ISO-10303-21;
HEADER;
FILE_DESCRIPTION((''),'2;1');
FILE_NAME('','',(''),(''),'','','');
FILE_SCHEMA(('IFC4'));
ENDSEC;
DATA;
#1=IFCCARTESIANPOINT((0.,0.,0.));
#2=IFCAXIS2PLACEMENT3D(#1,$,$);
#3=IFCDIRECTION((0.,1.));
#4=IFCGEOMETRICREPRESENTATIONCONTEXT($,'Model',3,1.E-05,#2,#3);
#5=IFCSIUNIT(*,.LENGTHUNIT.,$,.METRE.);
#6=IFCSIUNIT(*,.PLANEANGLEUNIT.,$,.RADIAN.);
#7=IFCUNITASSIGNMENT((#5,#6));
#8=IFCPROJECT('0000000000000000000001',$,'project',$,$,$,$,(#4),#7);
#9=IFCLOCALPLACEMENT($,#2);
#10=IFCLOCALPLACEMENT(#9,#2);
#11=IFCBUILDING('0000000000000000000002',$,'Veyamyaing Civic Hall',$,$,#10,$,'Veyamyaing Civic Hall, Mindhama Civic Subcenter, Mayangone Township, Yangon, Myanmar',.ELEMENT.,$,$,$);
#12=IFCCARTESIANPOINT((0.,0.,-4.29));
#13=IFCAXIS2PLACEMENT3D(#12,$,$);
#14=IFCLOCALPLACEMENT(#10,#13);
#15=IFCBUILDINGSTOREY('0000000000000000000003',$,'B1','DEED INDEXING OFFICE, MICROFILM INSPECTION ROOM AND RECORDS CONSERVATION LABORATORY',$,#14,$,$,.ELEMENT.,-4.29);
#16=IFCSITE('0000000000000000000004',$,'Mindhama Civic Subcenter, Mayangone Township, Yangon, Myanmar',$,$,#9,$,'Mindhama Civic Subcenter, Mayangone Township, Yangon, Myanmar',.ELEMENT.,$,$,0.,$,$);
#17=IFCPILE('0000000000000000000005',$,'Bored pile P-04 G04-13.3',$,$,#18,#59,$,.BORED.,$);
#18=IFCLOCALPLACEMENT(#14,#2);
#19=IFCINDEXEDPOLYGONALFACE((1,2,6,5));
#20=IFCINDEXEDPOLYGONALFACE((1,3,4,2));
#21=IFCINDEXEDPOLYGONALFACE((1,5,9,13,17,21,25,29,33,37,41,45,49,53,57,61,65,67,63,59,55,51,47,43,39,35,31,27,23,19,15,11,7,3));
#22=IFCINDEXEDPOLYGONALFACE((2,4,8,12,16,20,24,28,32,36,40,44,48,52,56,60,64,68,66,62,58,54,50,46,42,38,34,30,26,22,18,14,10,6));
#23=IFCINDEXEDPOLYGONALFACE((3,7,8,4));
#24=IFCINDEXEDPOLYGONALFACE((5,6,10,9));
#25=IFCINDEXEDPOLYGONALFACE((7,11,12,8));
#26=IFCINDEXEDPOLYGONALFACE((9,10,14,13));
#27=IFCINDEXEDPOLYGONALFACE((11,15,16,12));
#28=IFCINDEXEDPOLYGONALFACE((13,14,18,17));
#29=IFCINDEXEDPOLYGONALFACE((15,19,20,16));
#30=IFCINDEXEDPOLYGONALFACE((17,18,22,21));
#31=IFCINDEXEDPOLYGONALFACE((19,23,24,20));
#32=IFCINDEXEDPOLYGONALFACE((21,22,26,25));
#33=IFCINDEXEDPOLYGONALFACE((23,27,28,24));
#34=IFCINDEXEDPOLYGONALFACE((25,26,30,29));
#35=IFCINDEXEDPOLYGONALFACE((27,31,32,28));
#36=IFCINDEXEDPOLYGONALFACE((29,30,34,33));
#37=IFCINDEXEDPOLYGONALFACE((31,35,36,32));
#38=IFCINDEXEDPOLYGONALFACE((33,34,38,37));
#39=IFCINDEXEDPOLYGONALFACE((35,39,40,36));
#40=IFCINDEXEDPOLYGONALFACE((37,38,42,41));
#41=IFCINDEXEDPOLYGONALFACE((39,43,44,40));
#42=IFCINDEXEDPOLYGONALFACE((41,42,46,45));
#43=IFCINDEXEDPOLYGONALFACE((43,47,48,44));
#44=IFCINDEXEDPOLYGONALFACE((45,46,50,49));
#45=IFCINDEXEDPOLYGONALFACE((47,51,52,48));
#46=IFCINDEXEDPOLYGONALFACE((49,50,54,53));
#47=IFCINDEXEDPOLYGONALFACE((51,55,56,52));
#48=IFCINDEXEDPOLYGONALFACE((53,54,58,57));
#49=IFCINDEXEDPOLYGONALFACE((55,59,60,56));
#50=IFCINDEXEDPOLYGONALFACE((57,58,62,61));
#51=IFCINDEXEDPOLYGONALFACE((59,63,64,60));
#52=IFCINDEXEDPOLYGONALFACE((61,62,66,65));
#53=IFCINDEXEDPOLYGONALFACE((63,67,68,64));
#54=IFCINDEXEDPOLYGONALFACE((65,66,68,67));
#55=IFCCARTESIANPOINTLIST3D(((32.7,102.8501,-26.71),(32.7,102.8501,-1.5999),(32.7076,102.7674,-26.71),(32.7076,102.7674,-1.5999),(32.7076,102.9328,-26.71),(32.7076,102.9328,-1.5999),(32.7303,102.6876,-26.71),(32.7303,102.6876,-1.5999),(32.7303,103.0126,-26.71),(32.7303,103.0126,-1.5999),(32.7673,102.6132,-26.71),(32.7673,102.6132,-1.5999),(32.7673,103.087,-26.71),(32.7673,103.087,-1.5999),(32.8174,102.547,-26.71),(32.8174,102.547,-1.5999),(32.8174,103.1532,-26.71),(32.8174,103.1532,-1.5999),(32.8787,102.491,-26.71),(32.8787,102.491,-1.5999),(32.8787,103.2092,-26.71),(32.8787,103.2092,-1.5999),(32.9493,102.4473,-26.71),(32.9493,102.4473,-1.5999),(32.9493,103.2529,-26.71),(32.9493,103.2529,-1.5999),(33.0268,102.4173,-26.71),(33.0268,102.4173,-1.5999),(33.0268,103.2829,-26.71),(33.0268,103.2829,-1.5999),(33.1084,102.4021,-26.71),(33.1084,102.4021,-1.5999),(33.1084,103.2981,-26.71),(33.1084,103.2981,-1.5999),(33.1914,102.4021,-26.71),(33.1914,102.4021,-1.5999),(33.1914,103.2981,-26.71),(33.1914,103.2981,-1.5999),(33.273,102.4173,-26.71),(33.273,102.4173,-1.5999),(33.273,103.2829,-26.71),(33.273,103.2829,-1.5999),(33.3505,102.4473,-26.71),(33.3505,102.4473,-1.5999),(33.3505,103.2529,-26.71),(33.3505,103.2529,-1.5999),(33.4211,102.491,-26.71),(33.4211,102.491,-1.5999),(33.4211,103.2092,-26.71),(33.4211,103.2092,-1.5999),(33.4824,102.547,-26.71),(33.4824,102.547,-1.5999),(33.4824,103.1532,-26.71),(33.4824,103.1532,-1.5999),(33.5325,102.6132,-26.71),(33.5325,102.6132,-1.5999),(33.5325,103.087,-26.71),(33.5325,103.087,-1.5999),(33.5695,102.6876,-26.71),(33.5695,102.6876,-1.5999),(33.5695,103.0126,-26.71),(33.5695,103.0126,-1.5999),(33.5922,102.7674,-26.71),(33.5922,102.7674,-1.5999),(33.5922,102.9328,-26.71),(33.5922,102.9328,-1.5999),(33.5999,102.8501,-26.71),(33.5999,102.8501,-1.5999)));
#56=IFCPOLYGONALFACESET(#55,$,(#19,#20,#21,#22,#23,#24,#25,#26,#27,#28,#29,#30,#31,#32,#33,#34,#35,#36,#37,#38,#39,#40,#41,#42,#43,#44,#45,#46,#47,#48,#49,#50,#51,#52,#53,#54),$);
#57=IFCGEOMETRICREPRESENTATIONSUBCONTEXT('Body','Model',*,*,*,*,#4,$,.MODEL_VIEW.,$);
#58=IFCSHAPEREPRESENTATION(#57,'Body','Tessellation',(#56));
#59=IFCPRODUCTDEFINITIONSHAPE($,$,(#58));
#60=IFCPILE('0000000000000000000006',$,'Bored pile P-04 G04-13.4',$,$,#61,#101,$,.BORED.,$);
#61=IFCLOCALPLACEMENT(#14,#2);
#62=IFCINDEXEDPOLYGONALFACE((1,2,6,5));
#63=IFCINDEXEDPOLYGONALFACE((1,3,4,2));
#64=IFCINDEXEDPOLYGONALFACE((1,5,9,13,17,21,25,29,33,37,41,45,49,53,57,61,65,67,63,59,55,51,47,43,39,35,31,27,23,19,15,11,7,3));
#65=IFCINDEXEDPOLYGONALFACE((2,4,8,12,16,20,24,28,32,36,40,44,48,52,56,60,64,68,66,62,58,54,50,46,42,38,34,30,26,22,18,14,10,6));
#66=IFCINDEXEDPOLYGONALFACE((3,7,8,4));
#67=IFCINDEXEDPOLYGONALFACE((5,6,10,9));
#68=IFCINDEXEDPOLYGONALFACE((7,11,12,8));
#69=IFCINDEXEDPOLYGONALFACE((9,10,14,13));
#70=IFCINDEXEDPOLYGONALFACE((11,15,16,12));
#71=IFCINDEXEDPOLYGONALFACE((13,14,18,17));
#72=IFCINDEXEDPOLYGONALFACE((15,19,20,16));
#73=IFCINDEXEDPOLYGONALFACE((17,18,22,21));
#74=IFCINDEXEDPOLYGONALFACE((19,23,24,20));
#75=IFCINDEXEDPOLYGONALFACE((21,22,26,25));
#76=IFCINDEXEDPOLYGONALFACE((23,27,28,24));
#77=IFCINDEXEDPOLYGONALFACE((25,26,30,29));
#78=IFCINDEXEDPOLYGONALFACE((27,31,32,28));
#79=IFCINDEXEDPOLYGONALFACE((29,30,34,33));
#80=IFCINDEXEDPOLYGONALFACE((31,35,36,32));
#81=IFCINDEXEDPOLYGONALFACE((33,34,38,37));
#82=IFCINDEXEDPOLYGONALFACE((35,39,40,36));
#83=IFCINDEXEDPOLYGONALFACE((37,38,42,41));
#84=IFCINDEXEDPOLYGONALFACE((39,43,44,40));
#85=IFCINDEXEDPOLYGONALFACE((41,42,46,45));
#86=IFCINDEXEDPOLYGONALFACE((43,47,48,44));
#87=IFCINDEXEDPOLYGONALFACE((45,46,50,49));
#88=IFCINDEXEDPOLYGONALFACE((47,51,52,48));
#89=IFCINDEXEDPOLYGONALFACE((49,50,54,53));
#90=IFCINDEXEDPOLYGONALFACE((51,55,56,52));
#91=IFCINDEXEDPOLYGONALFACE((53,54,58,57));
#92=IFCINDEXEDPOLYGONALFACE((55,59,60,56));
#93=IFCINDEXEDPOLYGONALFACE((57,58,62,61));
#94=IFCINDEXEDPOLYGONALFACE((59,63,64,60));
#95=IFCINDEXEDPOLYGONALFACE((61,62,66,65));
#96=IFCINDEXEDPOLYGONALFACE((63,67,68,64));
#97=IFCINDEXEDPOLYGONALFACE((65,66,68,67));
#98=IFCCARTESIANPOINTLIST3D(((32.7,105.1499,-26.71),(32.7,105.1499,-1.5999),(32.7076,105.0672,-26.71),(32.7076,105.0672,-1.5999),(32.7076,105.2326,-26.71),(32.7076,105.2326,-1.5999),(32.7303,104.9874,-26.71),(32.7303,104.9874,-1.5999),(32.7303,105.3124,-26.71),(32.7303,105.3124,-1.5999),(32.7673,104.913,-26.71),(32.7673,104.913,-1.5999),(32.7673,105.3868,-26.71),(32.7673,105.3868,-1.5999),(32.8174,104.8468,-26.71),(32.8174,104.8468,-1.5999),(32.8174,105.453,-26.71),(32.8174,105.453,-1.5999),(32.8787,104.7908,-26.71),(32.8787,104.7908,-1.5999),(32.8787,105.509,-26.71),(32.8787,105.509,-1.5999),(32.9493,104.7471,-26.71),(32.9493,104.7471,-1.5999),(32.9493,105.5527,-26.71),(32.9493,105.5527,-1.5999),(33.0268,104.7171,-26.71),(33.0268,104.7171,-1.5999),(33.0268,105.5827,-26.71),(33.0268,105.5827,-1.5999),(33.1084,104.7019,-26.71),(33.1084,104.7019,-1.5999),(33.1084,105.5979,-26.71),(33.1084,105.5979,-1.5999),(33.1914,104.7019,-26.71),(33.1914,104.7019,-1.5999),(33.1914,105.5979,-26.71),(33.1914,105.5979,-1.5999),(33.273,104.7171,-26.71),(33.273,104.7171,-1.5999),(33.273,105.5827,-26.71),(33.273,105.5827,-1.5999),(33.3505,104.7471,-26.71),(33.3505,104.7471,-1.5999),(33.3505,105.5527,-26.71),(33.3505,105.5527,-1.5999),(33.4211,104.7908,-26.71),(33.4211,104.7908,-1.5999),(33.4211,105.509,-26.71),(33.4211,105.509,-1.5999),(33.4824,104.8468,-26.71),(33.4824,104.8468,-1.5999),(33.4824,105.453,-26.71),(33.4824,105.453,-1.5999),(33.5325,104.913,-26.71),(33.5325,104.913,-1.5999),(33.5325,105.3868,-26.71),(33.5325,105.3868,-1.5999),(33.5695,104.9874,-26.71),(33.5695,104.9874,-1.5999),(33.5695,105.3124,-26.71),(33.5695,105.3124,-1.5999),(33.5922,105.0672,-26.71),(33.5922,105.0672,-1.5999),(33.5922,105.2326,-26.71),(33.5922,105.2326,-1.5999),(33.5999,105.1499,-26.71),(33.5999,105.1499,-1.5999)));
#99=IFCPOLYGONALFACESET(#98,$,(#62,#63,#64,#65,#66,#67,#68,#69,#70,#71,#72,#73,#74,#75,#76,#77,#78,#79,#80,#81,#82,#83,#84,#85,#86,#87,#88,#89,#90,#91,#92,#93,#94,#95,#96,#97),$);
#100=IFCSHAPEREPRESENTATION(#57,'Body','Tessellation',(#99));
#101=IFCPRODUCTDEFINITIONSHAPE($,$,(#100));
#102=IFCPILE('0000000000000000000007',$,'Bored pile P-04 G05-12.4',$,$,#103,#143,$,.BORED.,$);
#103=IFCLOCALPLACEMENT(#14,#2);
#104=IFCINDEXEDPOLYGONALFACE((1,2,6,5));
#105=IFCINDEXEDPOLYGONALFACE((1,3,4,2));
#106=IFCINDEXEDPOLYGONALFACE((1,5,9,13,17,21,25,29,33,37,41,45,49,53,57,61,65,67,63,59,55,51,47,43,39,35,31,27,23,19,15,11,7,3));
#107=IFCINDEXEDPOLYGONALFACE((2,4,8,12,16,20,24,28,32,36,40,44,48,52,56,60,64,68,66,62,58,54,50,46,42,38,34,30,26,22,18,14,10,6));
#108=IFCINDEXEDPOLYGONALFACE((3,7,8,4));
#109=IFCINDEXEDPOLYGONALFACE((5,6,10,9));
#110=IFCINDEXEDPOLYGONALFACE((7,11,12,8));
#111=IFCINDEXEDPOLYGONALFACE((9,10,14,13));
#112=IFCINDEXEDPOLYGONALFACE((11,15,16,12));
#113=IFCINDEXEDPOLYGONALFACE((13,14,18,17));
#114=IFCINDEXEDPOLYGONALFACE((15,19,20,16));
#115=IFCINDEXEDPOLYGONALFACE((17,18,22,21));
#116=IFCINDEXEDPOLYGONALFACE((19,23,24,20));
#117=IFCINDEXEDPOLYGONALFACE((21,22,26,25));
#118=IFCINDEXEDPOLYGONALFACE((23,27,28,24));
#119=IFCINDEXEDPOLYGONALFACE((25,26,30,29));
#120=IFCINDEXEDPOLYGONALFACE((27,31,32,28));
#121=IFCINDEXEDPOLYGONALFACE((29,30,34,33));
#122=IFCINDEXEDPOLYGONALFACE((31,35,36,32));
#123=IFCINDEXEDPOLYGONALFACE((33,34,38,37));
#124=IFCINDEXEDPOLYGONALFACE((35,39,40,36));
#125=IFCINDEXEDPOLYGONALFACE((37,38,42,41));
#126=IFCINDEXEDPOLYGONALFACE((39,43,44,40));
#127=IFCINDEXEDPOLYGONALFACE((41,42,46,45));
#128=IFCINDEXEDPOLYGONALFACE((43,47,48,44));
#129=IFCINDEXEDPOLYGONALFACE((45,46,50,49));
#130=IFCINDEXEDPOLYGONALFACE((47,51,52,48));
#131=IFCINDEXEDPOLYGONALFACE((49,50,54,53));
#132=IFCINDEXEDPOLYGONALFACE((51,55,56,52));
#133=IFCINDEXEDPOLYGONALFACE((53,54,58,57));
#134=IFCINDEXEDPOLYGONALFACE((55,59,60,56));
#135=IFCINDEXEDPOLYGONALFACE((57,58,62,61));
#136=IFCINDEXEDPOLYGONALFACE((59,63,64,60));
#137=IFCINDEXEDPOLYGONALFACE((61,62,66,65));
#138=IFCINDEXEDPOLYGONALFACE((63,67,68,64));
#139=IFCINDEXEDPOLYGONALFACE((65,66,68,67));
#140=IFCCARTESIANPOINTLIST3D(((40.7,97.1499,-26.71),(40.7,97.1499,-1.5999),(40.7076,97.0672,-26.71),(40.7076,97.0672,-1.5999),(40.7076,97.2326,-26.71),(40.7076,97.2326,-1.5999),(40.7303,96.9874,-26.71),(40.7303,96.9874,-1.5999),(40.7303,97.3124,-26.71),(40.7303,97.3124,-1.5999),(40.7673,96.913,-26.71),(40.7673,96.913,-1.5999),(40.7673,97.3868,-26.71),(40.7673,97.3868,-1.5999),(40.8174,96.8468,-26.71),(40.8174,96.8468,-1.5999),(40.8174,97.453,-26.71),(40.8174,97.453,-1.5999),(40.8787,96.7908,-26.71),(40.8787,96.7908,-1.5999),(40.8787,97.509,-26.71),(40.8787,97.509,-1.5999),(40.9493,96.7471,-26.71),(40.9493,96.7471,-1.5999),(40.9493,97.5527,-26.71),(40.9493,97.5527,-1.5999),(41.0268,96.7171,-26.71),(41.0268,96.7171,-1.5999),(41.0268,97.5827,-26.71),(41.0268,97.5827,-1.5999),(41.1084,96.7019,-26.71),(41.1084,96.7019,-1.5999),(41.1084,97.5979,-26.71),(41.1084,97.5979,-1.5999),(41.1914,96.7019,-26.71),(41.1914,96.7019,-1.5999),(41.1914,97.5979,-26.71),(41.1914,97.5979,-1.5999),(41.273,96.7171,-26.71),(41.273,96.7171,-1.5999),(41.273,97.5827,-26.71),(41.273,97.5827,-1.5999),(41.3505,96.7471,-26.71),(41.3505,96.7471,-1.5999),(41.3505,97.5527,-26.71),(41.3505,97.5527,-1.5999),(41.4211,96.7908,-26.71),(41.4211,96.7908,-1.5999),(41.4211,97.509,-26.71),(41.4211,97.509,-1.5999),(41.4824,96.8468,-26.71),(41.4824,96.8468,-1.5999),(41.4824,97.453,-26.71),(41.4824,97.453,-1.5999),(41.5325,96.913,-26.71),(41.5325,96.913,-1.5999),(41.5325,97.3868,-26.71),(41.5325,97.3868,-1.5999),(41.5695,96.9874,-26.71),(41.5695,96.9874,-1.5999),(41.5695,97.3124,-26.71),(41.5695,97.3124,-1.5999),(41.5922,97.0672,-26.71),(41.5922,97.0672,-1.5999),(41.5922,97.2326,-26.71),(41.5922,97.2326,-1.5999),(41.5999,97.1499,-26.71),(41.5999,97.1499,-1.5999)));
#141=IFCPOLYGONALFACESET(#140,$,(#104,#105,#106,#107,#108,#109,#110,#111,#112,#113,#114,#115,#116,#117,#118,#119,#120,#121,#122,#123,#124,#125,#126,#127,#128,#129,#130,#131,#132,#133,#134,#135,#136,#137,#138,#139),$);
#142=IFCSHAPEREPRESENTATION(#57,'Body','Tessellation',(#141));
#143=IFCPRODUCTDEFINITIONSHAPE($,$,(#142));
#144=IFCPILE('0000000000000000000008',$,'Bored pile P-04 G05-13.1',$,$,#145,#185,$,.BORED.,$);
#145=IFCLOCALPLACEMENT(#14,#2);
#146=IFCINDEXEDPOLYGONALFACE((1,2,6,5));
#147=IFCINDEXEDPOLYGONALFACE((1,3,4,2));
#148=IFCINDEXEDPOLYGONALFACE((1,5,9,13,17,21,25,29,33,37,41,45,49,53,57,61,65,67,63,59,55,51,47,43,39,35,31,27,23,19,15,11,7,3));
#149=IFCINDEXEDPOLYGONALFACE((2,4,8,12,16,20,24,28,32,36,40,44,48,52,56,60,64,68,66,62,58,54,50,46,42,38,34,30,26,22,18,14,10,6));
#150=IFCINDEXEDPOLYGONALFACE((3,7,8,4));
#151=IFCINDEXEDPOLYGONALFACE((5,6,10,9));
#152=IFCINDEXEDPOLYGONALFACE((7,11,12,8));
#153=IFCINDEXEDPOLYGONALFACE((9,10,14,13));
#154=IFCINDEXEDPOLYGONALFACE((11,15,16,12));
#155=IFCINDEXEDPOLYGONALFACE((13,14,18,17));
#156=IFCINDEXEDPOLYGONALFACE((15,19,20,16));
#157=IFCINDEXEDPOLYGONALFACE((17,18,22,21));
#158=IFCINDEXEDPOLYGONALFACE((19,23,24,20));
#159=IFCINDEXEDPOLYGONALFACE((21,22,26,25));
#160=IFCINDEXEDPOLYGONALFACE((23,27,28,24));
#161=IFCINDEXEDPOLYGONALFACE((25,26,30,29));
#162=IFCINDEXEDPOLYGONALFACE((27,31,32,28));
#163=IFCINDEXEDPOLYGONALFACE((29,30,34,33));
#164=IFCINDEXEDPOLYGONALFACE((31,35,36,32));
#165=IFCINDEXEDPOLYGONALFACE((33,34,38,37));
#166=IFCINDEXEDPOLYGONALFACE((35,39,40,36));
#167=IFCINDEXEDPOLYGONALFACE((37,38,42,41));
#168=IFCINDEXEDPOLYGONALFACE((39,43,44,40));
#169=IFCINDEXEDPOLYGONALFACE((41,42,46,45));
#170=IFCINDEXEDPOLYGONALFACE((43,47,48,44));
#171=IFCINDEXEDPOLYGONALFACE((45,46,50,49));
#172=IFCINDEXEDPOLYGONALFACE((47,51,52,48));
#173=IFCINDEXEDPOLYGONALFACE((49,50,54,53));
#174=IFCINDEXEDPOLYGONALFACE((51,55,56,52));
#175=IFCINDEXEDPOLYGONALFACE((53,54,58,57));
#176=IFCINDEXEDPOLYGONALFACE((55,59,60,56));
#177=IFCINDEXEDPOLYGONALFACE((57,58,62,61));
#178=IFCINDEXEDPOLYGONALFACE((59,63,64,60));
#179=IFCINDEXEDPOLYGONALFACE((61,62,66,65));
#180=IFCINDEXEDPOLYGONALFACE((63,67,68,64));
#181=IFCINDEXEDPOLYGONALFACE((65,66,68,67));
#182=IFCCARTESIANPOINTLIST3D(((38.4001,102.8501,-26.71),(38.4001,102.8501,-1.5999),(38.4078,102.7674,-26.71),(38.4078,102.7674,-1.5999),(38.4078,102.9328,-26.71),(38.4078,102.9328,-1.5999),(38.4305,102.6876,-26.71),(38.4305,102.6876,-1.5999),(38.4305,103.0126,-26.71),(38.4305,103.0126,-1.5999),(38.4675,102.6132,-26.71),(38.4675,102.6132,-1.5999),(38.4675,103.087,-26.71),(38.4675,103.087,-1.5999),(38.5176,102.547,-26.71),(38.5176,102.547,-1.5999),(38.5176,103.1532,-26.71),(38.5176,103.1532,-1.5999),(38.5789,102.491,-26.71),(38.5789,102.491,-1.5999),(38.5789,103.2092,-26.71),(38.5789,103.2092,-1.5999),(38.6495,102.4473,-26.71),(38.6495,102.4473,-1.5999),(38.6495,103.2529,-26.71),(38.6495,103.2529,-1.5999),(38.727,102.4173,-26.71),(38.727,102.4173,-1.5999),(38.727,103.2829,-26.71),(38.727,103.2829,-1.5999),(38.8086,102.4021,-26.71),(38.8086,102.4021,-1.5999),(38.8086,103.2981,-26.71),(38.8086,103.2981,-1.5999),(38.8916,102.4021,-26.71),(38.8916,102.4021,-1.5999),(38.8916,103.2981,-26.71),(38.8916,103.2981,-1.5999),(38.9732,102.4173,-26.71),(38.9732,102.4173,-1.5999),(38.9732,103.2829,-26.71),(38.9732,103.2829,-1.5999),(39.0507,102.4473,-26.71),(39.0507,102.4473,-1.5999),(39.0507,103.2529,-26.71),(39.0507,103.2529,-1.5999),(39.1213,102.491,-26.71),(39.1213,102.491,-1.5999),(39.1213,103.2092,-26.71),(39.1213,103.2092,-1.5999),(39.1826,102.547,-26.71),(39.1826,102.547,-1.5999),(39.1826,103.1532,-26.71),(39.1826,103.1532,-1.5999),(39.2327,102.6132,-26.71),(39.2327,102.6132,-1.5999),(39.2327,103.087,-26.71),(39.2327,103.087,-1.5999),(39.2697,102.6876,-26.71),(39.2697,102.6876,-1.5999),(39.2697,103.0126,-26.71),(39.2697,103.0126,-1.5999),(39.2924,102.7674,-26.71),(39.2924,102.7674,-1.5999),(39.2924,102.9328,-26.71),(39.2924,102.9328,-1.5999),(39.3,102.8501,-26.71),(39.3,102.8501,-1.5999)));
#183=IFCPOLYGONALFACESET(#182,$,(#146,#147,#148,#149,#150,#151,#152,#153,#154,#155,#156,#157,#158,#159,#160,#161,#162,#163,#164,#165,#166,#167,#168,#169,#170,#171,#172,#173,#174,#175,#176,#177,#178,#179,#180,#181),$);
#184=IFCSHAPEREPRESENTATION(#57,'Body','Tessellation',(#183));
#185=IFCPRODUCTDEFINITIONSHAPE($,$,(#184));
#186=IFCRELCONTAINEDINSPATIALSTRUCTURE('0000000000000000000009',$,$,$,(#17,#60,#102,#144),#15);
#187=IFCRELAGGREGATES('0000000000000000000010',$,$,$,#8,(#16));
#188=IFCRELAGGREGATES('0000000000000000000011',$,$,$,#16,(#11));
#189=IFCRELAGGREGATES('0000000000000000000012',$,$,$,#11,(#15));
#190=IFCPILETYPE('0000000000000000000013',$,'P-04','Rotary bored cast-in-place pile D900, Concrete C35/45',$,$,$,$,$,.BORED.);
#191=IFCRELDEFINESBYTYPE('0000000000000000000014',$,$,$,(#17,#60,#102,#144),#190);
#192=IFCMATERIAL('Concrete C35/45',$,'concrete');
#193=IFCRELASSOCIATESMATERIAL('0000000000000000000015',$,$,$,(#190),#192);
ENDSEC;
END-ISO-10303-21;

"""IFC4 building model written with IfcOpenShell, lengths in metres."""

from ifc_helpers import new_model, si_unit, direction, frame, origin, origin_2d, place, context, subcontext, project, spatial, circle, extrude, material, material_profile, profile_set, type_object, element, save


model = new_model("IFC4")

# Units and contexts
model_context = context("Model", 3, precision=1e-05, world=origin(), true_north=direction((0.0, 1.0)))
body_context = subcontext(model_context, "Body", "Model", "MODEL_VIEW")
ifc_project = project(units=[si_unit("LENGTHUNIT", "METRE"), si_unit("PLANEANGLEUNIT", "RADIAN")], contexts=[model_context])

# Site, building, storey
site_placement = place(None, origin())
site = spatial("IfcSite", under=ifc_project, at=site_placement, Name="Mindhama Civic Subcenter, Mayangone Township, Yangon, Myanmar", LongName="Mindhama Civic Subcenter, Mayangone Township, Yangon, Myanmar", CompositionType="ELEMENT", RefElevation=0.0)
building_placement = place(site_placement, origin())
building = spatial("IfcBuilding", under=site, at=building_placement, Name="Veyamyaing Civic Hall", LongName="Veyamyaing Civic Hall, Mindhama Civic Subcenter, Mayangone Township, Yangon, Myanmar", CompositionType="ELEMENT")
storey_placement = place(building_placement, frame((0.0, 0.0, -4.29)))
storey = spatial("IfcBuildingStorey", under=building, at=storey_placement, Name="B1", Description="DEED INDEXING OFFICE, MICROFILM INSPECTION ROOM AND RECORDS CONSERVATION LABORATORY", CompositionType="ELEMENT", Elevation=-4.29)

# Piles
ifc_material_1 = material(Name="Concrete C35/45", Category="concrete")
ifc_material_profile_1 = material_profile(ifc_material_1, circle(Radius=0.45, at=origin_2d()), Name="PILE-D900")
ifc_profile_set_1 = profile_set([ifc_material_profile_1], Name="Concrete C35/45")
pile_type_1 = type_object("IfcPileType", Name="P-04", Description="Rotary bored cast-in-place pile D900, Concrete C35/45", PredefinedType="BORED", material=ifc_profile_set_1)
for number, where, z_axis, x_axis, name in (
    (1, (33.1499, 102.8501, -1.5999), (0.0, 0.0, -1.0), (1.0, 0.0, 0.0), "Bored pile P-04 G04-13.3"),
    (2, (33.1499, 105.1499, -1.5999), (0.0, 0.0, -1.0), (1.0, 0.0, 0.0), "Bored pile P-04 G04-13.4"),
    (3, (41.1499, 97.1499, -1.5999), (0.0, 0.0, -1.0), (1.0, 0.0, 0.0), "Bored pile P-04 G05-12.4"),
    (4, (38.8501, 102.8501, -1.5999), (0.0, 0.0, -1.0), (1.0, 0.0, 0.0), "Bored pile P-04 G05-13.1"),
):
    element("IfcPile", number, at=place(storey_placement, frame(where, z_axis=z_axis, x_axis=x_axis)), inside=storey, type_object=pile_type_1, Name=name, PredefinedType="BORED", context=body_context, shape_type="SweptSolid", body=[
        extrude(circle(Radius=0.45, at=origin_2d()), origin(), (0.0, 0.0, 1.0), 25.1101),
    ])

save(model, "model.ifc")
